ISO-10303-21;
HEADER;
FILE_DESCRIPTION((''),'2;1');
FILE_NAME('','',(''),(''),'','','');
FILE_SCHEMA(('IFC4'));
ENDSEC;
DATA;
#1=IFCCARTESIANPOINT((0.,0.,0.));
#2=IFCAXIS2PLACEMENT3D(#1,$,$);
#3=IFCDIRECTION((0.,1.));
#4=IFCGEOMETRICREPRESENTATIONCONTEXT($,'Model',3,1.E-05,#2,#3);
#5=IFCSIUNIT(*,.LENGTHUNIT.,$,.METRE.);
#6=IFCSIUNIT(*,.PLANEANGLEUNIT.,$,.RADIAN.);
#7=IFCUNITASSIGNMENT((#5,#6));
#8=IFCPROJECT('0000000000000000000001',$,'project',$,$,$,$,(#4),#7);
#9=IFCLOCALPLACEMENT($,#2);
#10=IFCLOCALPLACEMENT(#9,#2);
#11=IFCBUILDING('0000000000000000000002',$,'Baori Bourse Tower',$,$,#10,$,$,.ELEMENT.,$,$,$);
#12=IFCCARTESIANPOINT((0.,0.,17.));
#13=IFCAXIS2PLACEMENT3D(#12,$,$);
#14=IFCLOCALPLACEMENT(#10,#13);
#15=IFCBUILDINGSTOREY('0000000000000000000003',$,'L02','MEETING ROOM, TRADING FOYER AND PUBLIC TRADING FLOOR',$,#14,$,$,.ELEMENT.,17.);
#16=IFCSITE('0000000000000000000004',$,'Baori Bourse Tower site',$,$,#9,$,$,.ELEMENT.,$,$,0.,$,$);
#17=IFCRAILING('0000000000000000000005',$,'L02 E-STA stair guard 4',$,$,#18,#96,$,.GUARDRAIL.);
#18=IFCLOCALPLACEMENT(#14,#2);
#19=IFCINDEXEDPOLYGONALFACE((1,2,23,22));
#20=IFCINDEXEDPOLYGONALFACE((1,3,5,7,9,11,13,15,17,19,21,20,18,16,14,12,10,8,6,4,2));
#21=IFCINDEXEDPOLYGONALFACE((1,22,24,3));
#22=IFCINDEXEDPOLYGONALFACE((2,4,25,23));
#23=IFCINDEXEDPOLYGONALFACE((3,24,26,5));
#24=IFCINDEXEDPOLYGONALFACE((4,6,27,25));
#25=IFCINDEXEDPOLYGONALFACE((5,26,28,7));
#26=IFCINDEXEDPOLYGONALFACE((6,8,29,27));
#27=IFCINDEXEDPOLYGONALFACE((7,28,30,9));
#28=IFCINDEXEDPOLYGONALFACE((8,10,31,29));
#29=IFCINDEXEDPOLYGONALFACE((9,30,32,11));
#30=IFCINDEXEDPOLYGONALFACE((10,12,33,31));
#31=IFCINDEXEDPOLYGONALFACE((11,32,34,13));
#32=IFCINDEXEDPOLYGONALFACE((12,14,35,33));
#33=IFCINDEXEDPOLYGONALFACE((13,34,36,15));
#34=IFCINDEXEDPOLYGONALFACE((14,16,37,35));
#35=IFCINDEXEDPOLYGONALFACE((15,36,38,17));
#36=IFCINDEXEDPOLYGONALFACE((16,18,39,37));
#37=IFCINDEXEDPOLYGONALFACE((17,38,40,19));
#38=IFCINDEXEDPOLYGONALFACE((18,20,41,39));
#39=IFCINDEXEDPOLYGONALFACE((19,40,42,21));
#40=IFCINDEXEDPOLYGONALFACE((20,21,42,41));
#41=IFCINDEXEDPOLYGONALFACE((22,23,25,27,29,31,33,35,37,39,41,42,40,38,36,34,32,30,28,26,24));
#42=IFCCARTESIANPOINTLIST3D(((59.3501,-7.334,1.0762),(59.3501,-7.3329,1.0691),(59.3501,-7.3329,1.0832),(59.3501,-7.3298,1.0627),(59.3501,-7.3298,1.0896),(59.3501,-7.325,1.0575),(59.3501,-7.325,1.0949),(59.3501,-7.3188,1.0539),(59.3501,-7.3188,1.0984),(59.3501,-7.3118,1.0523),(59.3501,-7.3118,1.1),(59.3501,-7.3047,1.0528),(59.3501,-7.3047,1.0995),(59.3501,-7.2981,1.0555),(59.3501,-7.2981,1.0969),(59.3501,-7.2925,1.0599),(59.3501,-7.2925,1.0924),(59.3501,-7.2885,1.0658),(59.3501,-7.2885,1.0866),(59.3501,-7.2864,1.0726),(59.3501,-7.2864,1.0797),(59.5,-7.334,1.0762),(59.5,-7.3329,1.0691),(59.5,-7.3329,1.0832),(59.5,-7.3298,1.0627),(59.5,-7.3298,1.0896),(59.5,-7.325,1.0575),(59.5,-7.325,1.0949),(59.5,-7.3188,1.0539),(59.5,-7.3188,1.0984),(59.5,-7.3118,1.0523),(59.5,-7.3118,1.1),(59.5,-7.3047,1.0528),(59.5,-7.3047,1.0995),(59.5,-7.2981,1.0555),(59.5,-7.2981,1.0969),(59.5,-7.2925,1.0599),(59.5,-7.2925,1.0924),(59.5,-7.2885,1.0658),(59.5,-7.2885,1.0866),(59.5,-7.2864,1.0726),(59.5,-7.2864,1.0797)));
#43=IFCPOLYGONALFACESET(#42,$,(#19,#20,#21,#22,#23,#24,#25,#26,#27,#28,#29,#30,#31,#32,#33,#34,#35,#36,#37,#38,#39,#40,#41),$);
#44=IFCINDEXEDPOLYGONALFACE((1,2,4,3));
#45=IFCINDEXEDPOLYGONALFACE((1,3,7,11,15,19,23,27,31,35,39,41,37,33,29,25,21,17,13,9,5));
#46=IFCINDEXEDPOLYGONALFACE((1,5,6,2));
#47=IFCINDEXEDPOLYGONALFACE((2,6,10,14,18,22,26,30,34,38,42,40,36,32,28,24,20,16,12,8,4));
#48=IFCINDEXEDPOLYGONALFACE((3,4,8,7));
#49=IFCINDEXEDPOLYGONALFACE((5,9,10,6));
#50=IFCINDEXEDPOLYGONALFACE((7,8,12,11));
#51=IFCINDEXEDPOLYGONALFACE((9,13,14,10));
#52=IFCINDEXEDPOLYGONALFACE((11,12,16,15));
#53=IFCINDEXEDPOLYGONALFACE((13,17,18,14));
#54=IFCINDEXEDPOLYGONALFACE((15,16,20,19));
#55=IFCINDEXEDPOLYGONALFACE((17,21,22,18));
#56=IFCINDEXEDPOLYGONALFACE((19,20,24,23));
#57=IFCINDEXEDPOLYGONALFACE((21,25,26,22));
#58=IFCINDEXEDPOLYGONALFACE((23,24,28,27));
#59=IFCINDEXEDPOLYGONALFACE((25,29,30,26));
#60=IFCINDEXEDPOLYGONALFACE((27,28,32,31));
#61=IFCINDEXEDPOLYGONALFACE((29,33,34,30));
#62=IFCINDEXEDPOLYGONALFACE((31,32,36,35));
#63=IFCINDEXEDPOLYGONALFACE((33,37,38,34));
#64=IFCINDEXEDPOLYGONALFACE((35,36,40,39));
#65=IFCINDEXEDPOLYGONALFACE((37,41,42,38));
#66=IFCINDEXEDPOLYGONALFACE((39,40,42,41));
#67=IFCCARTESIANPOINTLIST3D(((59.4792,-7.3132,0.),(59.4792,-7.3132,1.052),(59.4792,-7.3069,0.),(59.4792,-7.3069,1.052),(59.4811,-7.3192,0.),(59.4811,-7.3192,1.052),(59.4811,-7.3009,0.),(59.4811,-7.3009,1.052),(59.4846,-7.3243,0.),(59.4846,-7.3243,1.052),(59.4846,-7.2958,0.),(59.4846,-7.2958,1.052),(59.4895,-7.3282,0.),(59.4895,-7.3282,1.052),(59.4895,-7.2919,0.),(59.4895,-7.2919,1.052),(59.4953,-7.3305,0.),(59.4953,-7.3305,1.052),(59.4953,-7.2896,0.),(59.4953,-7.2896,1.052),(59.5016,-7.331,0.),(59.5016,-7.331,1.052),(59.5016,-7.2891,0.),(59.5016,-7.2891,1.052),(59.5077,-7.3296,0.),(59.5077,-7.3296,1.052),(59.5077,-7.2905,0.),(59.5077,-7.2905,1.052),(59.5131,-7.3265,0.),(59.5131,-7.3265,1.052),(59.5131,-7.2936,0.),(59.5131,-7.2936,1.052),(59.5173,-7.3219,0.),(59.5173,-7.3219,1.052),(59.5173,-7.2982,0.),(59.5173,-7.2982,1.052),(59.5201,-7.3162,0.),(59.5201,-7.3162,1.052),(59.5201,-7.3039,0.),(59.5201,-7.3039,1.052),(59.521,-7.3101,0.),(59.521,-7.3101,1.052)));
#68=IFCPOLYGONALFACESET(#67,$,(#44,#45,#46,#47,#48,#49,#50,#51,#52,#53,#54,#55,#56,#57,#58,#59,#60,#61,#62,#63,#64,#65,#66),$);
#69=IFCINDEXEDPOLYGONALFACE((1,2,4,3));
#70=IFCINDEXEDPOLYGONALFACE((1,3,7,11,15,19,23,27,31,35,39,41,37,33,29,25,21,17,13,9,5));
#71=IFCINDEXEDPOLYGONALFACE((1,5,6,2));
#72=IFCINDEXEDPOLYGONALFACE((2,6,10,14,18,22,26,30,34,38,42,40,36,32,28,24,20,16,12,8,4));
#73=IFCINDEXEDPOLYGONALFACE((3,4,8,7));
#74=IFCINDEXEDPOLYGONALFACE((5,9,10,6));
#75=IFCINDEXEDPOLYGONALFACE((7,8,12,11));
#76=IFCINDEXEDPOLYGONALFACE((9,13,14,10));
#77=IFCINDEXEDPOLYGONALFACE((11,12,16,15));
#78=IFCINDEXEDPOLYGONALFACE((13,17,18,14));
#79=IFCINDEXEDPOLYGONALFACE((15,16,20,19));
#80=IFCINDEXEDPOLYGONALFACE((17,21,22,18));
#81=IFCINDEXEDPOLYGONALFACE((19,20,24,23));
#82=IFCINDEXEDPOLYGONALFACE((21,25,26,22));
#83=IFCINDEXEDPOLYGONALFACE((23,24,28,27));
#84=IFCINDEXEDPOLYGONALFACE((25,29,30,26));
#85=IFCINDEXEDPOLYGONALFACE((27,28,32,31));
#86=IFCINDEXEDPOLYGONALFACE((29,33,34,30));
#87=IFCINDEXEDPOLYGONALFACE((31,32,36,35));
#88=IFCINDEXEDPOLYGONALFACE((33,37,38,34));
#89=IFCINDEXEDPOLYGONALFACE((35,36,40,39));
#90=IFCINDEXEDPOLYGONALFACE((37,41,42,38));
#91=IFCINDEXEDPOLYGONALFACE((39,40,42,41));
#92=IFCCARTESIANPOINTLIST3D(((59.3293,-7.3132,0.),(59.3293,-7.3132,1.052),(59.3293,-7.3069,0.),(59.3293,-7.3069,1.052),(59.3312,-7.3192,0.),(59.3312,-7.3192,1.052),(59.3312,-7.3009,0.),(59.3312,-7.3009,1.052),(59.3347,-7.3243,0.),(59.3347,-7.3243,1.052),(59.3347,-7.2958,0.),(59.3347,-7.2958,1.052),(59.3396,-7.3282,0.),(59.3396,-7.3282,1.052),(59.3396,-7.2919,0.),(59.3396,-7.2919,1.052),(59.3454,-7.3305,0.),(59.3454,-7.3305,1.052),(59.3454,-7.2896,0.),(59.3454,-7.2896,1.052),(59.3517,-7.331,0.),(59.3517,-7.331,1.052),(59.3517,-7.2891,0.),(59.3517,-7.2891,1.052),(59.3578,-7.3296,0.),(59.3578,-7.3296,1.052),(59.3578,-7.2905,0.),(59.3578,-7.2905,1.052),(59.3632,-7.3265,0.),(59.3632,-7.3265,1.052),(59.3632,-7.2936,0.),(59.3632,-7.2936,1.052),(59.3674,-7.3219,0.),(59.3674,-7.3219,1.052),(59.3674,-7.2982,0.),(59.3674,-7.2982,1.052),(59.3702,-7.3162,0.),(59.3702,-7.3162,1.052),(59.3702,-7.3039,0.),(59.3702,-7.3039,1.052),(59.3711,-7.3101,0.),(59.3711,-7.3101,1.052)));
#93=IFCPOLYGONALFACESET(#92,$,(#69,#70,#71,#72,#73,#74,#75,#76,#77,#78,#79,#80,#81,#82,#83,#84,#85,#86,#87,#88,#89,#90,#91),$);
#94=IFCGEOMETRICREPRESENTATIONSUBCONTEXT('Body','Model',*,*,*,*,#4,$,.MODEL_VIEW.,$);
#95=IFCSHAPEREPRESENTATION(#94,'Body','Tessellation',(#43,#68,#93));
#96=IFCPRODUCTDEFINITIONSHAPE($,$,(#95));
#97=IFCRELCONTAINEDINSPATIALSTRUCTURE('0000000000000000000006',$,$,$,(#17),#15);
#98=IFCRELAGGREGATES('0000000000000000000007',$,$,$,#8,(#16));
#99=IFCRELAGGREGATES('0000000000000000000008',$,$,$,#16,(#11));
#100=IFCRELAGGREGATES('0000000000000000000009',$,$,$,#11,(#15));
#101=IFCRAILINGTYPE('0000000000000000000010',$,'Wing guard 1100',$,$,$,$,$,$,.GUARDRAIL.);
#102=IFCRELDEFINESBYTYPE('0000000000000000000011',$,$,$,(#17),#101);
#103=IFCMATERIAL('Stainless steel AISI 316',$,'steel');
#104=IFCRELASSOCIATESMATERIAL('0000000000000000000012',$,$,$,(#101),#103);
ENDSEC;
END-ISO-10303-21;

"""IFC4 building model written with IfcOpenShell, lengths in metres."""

from ifc_helpers import new_model, si_unit, direction, frame, origin, origin_2d, place, context, subcontext, project, spatial, circle, extrude, material, type_object, element, save


model = new_model("IFC4")

# Units and contexts
model_context = context("Model", 3, precision=1e-05, world=origin(), true_north=direction((0.0, 1.0)))
body_context = subcontext(model_context, "Body", "Model", "MODEL_VIEW")
ifc_project = project(units=[si_unit("LENGTHUNIT", "METRE"), si_unit("PLANEANGLEUNIT", "RADIAN")], contexts=[model_context])

# Site, building, storey
site_placement = place(None, origin())
site = spatial("IfcSite", under=ifc_project, at=site_placement, Name="Baori Bourse Tower site", CompositionType="ELEMENT", RefElevation=0.0)
building_placement = place(site_placement, origin())
building = spatial("IfcBuilding", under=site, at=building_placement, Name="Baori Bourse Tower", CompositionType="ELEMENT")
storey_placement = place(building_placement, frame((0.0, 0.0, 17.0)))
storey = spatial("IfcBuildingStorey", under=building, at=storey_placement, Name="L02", Description="MEETING ROOM, TRADING FOYER AND PUBLIC TRADING FLOOR", CompositionType="ELEMENT", Elevation=17.0)

# Railing
ifc_material_1 = material(Name="Stainless steel AISI 316", Category="steel")
railing_type_1 = type_object("IfcRailingType", Name="Wing guard 1100", PredefinedType="GUARDRAIL", material=ifc_material_1)
railing_1_placement = place(storey_placement, frame((59.5, -7.3101, 0.0)))
element("IfcRailing", 1, at=railing_1_placement, inside=storey, type_object=railing_type_1, Name="L02 E-STA stair guard 4", PredefinedType="GUARDRAIL", context=body_context, shape_type="SweptSolid", body=[
    extrude(circle(Radius=0.0239, at=origin_2d()), frame((0.0, 0.0, 1.0762), z_axis=(-1.0, 0.0, 0.0), x_axis=(0.0, -1.0, 0.0)), (0.0, 0.0, 1.0), 0.1499),
    extrude(circle(Radius=0.021, at=origin_2d()), origin(), (0.0, 0.0, 1.0), 1.052),
    extrude(circle(Radius=0.021, at=origin_2d()), frame((-0.1499, 0.0, 0.0)), (0.0, 0.0, 1.0), 1.052),
])

save(model, "model.ifc")
